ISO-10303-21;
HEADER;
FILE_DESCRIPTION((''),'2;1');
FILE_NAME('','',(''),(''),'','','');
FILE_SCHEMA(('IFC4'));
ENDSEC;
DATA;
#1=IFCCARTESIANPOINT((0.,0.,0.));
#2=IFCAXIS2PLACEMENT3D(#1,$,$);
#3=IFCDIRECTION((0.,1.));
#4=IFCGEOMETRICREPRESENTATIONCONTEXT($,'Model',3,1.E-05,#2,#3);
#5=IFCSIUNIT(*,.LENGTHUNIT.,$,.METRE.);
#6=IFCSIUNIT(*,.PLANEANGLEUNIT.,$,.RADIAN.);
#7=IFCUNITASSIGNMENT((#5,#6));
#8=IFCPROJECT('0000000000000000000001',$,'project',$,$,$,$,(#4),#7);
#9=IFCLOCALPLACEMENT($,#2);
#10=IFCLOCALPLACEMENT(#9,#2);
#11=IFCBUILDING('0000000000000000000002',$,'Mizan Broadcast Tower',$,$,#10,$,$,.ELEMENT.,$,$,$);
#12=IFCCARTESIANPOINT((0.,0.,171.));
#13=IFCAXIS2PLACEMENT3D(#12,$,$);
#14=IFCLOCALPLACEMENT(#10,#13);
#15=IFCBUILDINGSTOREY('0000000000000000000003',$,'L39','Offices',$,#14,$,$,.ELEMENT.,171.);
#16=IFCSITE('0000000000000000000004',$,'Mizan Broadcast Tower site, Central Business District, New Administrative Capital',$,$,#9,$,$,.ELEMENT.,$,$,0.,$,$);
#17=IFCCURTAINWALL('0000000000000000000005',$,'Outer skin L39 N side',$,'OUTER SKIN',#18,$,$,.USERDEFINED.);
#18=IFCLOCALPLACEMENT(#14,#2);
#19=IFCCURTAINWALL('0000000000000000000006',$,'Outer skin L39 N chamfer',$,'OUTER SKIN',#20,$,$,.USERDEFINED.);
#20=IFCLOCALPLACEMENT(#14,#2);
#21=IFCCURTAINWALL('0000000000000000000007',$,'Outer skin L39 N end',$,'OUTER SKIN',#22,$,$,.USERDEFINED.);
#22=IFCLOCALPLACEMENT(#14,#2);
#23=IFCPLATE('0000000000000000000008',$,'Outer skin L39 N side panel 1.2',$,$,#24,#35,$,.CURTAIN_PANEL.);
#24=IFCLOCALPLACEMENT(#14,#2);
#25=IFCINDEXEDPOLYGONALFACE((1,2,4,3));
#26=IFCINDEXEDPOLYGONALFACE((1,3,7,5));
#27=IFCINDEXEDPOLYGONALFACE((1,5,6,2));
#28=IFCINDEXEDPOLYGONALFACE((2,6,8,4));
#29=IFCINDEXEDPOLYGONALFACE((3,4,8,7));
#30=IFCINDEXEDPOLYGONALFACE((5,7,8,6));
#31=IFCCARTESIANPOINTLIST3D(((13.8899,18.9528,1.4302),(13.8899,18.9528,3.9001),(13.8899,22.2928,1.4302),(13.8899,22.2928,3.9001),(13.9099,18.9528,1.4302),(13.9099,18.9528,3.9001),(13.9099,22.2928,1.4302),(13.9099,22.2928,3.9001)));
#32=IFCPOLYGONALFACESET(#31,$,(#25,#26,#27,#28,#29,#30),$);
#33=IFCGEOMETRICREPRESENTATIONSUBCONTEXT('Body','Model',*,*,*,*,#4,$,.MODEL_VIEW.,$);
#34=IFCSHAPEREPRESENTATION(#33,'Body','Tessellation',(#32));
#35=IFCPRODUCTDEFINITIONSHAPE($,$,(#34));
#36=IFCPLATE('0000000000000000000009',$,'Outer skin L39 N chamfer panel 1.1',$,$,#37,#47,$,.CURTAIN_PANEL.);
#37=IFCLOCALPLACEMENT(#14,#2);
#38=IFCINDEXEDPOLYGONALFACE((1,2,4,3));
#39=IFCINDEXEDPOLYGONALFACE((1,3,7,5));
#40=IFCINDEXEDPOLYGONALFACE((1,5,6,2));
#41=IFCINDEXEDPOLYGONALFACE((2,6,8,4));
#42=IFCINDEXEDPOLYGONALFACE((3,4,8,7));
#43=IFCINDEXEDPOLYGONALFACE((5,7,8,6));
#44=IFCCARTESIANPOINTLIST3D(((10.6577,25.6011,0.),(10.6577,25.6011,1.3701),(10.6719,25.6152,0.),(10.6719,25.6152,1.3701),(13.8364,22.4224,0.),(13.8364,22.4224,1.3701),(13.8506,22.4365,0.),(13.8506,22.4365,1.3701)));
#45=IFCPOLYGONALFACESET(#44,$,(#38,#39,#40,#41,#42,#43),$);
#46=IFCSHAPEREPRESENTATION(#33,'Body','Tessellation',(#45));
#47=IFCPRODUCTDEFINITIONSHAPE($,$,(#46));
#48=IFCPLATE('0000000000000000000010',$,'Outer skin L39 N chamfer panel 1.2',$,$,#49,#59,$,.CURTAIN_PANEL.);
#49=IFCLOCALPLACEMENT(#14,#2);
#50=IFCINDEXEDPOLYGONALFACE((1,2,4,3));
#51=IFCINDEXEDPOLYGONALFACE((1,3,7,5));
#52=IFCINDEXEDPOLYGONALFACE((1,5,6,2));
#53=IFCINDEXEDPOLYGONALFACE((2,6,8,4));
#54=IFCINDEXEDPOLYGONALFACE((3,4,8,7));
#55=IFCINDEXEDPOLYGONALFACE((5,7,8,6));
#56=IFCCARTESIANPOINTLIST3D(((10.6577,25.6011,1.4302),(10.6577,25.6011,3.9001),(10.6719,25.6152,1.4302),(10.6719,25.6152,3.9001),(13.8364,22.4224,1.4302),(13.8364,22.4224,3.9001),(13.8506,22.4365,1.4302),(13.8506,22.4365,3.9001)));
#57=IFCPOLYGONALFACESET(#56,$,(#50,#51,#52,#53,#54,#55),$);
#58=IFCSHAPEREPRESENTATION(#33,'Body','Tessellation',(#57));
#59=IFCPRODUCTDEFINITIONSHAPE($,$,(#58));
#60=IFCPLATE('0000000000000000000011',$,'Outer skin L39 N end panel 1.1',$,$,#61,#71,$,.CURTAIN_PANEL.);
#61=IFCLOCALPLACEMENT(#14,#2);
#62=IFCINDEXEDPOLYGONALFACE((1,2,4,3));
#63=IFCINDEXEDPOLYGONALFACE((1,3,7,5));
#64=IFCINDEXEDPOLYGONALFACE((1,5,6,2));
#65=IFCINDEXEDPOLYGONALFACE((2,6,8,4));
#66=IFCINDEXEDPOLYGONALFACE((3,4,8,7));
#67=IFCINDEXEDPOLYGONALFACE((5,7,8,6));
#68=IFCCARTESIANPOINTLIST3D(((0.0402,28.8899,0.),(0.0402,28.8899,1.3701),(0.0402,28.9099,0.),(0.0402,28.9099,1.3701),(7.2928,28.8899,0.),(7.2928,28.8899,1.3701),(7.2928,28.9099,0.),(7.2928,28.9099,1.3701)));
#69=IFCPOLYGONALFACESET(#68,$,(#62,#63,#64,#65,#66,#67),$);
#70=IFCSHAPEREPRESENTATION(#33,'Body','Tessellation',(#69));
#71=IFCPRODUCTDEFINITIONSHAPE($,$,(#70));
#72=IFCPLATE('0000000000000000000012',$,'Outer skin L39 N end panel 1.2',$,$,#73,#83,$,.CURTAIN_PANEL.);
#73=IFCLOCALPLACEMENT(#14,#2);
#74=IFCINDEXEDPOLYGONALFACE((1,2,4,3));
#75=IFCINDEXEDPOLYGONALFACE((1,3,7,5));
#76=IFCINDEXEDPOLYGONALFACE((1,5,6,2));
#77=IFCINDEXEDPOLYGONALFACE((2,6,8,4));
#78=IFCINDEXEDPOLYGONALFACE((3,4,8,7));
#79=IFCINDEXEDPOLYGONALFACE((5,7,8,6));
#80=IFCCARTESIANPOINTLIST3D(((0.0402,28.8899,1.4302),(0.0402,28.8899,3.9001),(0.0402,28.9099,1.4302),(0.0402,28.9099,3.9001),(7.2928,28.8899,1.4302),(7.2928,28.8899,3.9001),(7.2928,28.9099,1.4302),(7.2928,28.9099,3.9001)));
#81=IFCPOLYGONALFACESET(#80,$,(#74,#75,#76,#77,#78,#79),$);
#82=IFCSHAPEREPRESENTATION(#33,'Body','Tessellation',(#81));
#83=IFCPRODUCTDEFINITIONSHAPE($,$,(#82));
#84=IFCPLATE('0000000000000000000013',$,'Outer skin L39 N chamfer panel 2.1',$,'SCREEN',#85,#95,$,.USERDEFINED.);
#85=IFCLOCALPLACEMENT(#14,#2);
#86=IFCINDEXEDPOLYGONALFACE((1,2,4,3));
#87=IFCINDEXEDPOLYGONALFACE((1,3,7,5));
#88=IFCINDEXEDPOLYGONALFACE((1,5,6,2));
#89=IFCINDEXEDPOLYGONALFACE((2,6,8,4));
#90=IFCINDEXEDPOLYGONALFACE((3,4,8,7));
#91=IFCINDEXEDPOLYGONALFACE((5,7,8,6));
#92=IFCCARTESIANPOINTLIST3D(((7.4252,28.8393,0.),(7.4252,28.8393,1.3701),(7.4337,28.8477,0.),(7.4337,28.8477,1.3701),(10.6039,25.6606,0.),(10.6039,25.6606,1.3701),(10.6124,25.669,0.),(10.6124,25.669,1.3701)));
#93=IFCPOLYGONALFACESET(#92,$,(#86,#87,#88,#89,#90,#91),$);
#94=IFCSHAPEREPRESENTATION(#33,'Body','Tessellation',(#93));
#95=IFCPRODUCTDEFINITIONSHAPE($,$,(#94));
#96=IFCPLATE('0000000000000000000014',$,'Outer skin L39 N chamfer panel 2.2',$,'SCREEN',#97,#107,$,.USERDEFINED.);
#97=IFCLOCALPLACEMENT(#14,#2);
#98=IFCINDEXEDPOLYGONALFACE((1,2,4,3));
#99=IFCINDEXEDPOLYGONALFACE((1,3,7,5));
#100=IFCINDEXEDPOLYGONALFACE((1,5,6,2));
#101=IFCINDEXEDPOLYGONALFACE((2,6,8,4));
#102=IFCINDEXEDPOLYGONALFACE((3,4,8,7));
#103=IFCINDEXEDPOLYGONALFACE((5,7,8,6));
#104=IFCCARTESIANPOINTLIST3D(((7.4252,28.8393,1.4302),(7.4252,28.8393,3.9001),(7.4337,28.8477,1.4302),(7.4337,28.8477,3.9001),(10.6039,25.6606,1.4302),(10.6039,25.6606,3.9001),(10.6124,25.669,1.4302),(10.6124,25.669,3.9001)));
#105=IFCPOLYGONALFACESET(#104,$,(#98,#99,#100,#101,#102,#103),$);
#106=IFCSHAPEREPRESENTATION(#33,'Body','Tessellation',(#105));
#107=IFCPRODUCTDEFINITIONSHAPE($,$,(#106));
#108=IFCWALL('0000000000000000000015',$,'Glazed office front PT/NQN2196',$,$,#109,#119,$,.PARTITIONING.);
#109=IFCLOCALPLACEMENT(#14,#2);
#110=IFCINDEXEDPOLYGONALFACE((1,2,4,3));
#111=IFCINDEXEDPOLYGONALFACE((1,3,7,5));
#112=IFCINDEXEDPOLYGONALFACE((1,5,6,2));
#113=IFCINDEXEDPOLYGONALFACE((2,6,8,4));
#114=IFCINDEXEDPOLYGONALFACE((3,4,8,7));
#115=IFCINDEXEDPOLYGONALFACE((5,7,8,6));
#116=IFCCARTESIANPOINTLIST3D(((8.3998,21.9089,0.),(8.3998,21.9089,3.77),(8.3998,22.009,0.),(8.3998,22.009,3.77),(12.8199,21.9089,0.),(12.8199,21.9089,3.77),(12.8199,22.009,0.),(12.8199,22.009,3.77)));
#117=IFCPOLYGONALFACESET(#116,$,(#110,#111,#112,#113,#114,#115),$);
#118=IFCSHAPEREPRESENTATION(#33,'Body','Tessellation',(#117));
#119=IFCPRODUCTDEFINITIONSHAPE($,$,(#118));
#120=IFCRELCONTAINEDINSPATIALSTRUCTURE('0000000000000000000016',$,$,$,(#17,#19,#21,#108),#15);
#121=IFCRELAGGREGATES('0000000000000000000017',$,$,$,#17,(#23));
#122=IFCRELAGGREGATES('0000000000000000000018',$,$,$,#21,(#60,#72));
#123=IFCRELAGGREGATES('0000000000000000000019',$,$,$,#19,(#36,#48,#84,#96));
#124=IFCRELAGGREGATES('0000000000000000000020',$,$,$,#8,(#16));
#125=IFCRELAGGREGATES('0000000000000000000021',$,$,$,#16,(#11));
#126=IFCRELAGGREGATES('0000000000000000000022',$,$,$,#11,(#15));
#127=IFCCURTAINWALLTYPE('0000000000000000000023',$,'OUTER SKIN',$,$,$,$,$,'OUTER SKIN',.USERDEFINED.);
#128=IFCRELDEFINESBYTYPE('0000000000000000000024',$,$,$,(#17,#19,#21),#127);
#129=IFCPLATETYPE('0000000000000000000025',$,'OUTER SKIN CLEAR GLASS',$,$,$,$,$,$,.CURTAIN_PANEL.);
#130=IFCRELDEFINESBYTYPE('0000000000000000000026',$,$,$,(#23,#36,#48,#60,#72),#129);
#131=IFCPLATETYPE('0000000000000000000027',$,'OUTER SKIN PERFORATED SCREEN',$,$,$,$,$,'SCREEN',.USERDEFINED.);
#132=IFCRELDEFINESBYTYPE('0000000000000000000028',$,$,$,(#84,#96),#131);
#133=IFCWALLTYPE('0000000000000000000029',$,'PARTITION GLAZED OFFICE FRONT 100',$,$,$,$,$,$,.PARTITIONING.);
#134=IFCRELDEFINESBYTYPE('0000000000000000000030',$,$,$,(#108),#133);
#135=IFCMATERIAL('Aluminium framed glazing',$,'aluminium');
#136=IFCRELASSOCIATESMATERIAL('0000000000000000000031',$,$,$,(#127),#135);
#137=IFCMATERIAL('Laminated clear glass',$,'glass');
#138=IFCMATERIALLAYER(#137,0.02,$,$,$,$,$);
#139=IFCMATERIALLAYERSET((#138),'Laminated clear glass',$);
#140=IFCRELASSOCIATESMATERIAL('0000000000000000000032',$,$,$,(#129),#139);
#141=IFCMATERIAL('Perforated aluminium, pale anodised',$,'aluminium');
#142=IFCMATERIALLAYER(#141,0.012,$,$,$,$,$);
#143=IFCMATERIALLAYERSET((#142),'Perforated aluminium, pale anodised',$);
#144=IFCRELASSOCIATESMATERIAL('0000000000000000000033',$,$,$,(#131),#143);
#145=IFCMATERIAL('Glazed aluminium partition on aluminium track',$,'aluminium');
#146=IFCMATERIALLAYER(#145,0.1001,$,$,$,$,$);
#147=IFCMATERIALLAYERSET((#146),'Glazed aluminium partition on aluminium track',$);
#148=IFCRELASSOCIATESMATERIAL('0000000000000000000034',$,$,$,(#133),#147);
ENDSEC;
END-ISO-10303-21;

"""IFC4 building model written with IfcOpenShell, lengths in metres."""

from ifc_helpers import new_model, si_unit, direction, frame, frame_2d, origin, origin_2d, place, context, subcontext, project, spatial, rectangle, extrude, material, layer, layer_set, type_object, element, aggregate, save


model = new_model("IFC4")

# Units and contexts
model_context = context("Model", 3, precision=1e-05, world=origin(), true_north=direction((0.0, 1.0)))
body_context = subcontext(model_context, "Body", "Model", "MODEL_VIEW")
ifc_project = project(units=[si_unit("LENGTHUNIT", "METRE"), si_unit("PLANEANGLEUNIT", "RADIAN")], contexts=[model_context])

# Site, building, storey
site_placement = place(None, origin())
site = spatial("IfcSite", under=ifc_project, at=site_placement, Name="Mizan Broadcast Tower site, Central Business District, New Administrative Capital", CompositionType="ELEMENT", RefElevation=0.0)
building_placement = place(site_placement, origin())
building = spatial("IfcBuilding", under=site, at=building_placement, Name="Mizan Broadcast Tower", CompositionType="ELEMENT")
storey_placement = place(building_placement, frame((0.0, 0.0, 171.0)))
storey = spatial("IfcBuildingStorey", under=building, at=storey_placement, Name="L39", Description="Offices", CompositionType="ELEMENT", Elevation=171.0)

# Curtain wall
ifc_material_1 = material(Name="Aluminium framed glazing", Category="aluminium")
curtain_wall_type_1 = type_object("IfcCurtainWallType", Name="OUTER SKIN", ElementType="OUTER SKIN", PredefinedType="USERDEFINED", material=ifc_material_1)
curtain_wall_1_placement = place(storey_placement, origin())
curtain_wall_1 = element("IfcCurtainWall", 1, at=curtain_wall_1_placement, inside=storey, type_object=curtain_wall_type_1, Name="Outer skin L39 N side", ObjectType="OUTER SKIN", PredefinedType="USERDEFINED")

# Curtain wall
curtain_wall_2_placement = place(storey_placement, origin())
curtain_wall_2 = element("IfcCurtainWall", 2, at=curtain_wall_2_placement, inside=storey, type_object=curtain_wall_type_1, Name="Outer skin L39 N chamfer", ObjectType="OUTER SKIN", PredefinedType="USERDEFINED")

# Curtain wall
curtain_wall_3_placement = place(storey_placement, origin())
curtain_wall_3 = element("IfcCurtainWall", 3, at=curtain_wall_3_placement, inside=storey, type_object=curtain_wall_type_1, Name="Outer skin L39 N end", ObjectType="OUTER SKIN", PredefinedType="USERDEFINED")

# Plates
ifc_material_2 = material(Name="Laminated clear glass", Category="glass")
ifc_layer_1 = layer(ifc_material_2, 0.02)
ifc_layer_set_1 = layer_set([ifc_layer_1], Name="Laminated clear glass")
plate_type_1 = type_object("IfcPlateType", Name="OUTER SKIN CLEAR GLASS", PredefinedType="CURTAIN_PANEL", material=ifc_layer_set_1)
plate_1_placement = place(storey_placement, frame((13.8999, 20.6228, 1.4302), z_axis=(0.0, 0.0, 1.0), x_axis=(0.0, 1.0, 0.0)))
plate_1 = element("IfcPlate", 4, at=plate_1_placement, type_object=plate_type_1, Name="Outer skin L39 N side panel 1.2", PredefinedType="CURTAIN_PANEL", context=body_context, shape_type="SweptSolid", body=[
    extrude(rectangle(XDim=3.3401, YDim=0.02, at=origin_2d()), origin(), (0.0, 0.0, 1.0), 2.47),
])
aggregate(curtain_wall_1, [plate_1])
plate_2_placement = place(storey_placement, frame((12.2542, 24.0188, 0.0), z_axis=(0.0, 0.0, 1.0), x_axis=(-0.707107, 0.707107, 0.0)))
plate_2 = element("IfcPlate", 5, at=plate_2_placement, type_object=plate_type_1, Name="Outer skin L39 N chamfer panel 1.1", PredefinedType="CURTAIN_PANEL", context=body_context, shape_type="SweptSolid", body=[
    extrude(rectangle(XDim=4.4954, YDim=0.02, at=origin_2d()), origin(), (0.0, 0.0, 1.0), 1.3701),
])
plate_3_placement = place(storey_placement, frame((12.2542, 24.0188, 1.4302), z_axis=(0.0, 0.0, 1.0), x_axis=(-0.707107, 0.707107, 0.0)))
plate_3 = element("IfcPlate", 6, at=plate_3_placement, type_object=plate_type_1, Name="Outer skin L39 N chamfer panel 1.2", PredefinedType="CURTAIN_PANEL", context=body_context, shape_type="SweptSolid", body=[
    extrude(rectangle(XDim=4.4954, YDim=0.02, at=origin_2d()), origin(), (0.0, 0.0, 1.0), 2.47),
])
plate_4_placement = place(storey_placement, frame((3.6665, 28.8999, 0.0), z_axis=(0.0, 0.0, 1.0), x_axis=(-1.0, 0.0, 0.0)))
plate_4 = element("IfcPlate", 7, at=plate_4_placement, type_object=plate_type_1, Name="Outer skin L39 N end panel 1.1", PredefinedType="CURTAIN_PANEL", context=body_context, shape_type="SweptSolid", body=[
    extrude(rectangle(XDim=7.2527, YDim=0.02, at=origin_2d()), origin(), (0.0, 0.0, 1.0), 1.3701),
])
plate_5_placement = place(storey_placement, frame((3.6665, 28.8999, 1.4302), z_axis=(0.0, 0.0, 1.0), x_axis=(-1.0, 0.0, 0.0)))
plate_5 = element("IfcPlate", 8, at=plate_5_placement, type_object=plate_type_1, Name="Outer skin L39 N end panel 1.2", PredefinedType="CURTAIN_PANEL", context=body_context, shape_type="SweptSolid", body=[
    extrude(rectangle(XDim=7.2527, YDim=0.02, at=origin_2d()), origin(), (0.0, 0.0, 1.0), 2.47),
])
aggregate(curtain_wall_3, [plate_4, plate_5])
ifc_material_3 = material(Name="Perforated aluminium, pale anodised", Category="aluminium")
ifc_layer_2 = layer(ifc_material_3, 0.012)
ifc_layer_set_2 = layer_set([ifc_layer_2], Name="Perforated aluminium, pale anodised")
plate_type_2 = type_object("IfcPlateType", Name="OUTER SKIN PERFORATED SCREEN", ElementType="SCREEN", PredefinedType="USERDEFINED", material=ifc_layer_set_2)
plate_6_placement = place(storey_placement, frame((9.0188, 27.2542, 0.0), z_axis=(0.0, 0.0, 1.0), x_axis=(-0.707107, 0.707107, 0.0)))
plate_6 = element("IfcPlate", 9, at=plate_6_placement, type_object=plate_type_2, Name="Outer skin L39 N chamfer panel 2.1", ObjectType="SCREEN", PredefinedType="USERDEFINED", context=body_context, shape_type="SweptSolid", body=[
    extrude(rectangle(XDim=4.4954, YDim=0.012, at=origin_2d()), origin(), (0.0, 0.0, 1.0), 1.3701),
])
plate_7_placement = place(storey_placement, frame((9.0188, 27.2542, 1.4302), z_axis=(0.0, 0.0, 1.0), x_axis=(-0.707107, 0.707107, 0.0)))
plate_7 = element("IfcPlate", 10, at=plate_7_placement, type_object=plate_type_2, Name="Outer skin L39 N chamfer panel 2.2", ObjectType="SCREEN", PredefinedType="USERDEFINED", context=body_context, shape_type="SweptSolid", body=[
    extrude(rectangle(XDim=4.4954, YDim=0.012, at=origin_2d()), origin(), (0.0, 0.0, 1.0), 2.47),
])
aggregate(curtain_wall_2, [plate_2, plate_3, plate_6, plate_7])

# Wall
ifc_material_4 = material(Name="Glazed aluminium partition on aluminium track", Category="aluminium")
ifc_layer_3 = layer(ifc_material_4, 0.1001)
ifc_layer_set_3 = layer_set([ifc_layer_3], Name="Glazed aluminium partition on aluminium track")
wall_type = type_object("IfcWallType", Name="PARTITION GLAZED OFFICE FRONT 100", PredefinedType="PARTITIONING", material=ifc_layer_set_3)
wall_placement = place(storey_placement, frame((8.3999, 21.959, 0.0), z_axis=(0.0, 0.0, 1.0), x_axis=(1.0, 0.0, 0.0)))
element("IfcWall", 11, at=wall_placement, inside=storey, type_object=wall_type, Name="Glazed office front PT/NQN2196", PredefinedType="PARTITIONING", context=body_context, shape_type="SweptSolid", body=[
    extrude(rectangle(XDim=4.4202, YDim=0.1001, at=frame_2d((2.21, 0.0))), origin(), (0.0, 0.0, 1.0), 3.77),
])

save(model, "model.ifc")
